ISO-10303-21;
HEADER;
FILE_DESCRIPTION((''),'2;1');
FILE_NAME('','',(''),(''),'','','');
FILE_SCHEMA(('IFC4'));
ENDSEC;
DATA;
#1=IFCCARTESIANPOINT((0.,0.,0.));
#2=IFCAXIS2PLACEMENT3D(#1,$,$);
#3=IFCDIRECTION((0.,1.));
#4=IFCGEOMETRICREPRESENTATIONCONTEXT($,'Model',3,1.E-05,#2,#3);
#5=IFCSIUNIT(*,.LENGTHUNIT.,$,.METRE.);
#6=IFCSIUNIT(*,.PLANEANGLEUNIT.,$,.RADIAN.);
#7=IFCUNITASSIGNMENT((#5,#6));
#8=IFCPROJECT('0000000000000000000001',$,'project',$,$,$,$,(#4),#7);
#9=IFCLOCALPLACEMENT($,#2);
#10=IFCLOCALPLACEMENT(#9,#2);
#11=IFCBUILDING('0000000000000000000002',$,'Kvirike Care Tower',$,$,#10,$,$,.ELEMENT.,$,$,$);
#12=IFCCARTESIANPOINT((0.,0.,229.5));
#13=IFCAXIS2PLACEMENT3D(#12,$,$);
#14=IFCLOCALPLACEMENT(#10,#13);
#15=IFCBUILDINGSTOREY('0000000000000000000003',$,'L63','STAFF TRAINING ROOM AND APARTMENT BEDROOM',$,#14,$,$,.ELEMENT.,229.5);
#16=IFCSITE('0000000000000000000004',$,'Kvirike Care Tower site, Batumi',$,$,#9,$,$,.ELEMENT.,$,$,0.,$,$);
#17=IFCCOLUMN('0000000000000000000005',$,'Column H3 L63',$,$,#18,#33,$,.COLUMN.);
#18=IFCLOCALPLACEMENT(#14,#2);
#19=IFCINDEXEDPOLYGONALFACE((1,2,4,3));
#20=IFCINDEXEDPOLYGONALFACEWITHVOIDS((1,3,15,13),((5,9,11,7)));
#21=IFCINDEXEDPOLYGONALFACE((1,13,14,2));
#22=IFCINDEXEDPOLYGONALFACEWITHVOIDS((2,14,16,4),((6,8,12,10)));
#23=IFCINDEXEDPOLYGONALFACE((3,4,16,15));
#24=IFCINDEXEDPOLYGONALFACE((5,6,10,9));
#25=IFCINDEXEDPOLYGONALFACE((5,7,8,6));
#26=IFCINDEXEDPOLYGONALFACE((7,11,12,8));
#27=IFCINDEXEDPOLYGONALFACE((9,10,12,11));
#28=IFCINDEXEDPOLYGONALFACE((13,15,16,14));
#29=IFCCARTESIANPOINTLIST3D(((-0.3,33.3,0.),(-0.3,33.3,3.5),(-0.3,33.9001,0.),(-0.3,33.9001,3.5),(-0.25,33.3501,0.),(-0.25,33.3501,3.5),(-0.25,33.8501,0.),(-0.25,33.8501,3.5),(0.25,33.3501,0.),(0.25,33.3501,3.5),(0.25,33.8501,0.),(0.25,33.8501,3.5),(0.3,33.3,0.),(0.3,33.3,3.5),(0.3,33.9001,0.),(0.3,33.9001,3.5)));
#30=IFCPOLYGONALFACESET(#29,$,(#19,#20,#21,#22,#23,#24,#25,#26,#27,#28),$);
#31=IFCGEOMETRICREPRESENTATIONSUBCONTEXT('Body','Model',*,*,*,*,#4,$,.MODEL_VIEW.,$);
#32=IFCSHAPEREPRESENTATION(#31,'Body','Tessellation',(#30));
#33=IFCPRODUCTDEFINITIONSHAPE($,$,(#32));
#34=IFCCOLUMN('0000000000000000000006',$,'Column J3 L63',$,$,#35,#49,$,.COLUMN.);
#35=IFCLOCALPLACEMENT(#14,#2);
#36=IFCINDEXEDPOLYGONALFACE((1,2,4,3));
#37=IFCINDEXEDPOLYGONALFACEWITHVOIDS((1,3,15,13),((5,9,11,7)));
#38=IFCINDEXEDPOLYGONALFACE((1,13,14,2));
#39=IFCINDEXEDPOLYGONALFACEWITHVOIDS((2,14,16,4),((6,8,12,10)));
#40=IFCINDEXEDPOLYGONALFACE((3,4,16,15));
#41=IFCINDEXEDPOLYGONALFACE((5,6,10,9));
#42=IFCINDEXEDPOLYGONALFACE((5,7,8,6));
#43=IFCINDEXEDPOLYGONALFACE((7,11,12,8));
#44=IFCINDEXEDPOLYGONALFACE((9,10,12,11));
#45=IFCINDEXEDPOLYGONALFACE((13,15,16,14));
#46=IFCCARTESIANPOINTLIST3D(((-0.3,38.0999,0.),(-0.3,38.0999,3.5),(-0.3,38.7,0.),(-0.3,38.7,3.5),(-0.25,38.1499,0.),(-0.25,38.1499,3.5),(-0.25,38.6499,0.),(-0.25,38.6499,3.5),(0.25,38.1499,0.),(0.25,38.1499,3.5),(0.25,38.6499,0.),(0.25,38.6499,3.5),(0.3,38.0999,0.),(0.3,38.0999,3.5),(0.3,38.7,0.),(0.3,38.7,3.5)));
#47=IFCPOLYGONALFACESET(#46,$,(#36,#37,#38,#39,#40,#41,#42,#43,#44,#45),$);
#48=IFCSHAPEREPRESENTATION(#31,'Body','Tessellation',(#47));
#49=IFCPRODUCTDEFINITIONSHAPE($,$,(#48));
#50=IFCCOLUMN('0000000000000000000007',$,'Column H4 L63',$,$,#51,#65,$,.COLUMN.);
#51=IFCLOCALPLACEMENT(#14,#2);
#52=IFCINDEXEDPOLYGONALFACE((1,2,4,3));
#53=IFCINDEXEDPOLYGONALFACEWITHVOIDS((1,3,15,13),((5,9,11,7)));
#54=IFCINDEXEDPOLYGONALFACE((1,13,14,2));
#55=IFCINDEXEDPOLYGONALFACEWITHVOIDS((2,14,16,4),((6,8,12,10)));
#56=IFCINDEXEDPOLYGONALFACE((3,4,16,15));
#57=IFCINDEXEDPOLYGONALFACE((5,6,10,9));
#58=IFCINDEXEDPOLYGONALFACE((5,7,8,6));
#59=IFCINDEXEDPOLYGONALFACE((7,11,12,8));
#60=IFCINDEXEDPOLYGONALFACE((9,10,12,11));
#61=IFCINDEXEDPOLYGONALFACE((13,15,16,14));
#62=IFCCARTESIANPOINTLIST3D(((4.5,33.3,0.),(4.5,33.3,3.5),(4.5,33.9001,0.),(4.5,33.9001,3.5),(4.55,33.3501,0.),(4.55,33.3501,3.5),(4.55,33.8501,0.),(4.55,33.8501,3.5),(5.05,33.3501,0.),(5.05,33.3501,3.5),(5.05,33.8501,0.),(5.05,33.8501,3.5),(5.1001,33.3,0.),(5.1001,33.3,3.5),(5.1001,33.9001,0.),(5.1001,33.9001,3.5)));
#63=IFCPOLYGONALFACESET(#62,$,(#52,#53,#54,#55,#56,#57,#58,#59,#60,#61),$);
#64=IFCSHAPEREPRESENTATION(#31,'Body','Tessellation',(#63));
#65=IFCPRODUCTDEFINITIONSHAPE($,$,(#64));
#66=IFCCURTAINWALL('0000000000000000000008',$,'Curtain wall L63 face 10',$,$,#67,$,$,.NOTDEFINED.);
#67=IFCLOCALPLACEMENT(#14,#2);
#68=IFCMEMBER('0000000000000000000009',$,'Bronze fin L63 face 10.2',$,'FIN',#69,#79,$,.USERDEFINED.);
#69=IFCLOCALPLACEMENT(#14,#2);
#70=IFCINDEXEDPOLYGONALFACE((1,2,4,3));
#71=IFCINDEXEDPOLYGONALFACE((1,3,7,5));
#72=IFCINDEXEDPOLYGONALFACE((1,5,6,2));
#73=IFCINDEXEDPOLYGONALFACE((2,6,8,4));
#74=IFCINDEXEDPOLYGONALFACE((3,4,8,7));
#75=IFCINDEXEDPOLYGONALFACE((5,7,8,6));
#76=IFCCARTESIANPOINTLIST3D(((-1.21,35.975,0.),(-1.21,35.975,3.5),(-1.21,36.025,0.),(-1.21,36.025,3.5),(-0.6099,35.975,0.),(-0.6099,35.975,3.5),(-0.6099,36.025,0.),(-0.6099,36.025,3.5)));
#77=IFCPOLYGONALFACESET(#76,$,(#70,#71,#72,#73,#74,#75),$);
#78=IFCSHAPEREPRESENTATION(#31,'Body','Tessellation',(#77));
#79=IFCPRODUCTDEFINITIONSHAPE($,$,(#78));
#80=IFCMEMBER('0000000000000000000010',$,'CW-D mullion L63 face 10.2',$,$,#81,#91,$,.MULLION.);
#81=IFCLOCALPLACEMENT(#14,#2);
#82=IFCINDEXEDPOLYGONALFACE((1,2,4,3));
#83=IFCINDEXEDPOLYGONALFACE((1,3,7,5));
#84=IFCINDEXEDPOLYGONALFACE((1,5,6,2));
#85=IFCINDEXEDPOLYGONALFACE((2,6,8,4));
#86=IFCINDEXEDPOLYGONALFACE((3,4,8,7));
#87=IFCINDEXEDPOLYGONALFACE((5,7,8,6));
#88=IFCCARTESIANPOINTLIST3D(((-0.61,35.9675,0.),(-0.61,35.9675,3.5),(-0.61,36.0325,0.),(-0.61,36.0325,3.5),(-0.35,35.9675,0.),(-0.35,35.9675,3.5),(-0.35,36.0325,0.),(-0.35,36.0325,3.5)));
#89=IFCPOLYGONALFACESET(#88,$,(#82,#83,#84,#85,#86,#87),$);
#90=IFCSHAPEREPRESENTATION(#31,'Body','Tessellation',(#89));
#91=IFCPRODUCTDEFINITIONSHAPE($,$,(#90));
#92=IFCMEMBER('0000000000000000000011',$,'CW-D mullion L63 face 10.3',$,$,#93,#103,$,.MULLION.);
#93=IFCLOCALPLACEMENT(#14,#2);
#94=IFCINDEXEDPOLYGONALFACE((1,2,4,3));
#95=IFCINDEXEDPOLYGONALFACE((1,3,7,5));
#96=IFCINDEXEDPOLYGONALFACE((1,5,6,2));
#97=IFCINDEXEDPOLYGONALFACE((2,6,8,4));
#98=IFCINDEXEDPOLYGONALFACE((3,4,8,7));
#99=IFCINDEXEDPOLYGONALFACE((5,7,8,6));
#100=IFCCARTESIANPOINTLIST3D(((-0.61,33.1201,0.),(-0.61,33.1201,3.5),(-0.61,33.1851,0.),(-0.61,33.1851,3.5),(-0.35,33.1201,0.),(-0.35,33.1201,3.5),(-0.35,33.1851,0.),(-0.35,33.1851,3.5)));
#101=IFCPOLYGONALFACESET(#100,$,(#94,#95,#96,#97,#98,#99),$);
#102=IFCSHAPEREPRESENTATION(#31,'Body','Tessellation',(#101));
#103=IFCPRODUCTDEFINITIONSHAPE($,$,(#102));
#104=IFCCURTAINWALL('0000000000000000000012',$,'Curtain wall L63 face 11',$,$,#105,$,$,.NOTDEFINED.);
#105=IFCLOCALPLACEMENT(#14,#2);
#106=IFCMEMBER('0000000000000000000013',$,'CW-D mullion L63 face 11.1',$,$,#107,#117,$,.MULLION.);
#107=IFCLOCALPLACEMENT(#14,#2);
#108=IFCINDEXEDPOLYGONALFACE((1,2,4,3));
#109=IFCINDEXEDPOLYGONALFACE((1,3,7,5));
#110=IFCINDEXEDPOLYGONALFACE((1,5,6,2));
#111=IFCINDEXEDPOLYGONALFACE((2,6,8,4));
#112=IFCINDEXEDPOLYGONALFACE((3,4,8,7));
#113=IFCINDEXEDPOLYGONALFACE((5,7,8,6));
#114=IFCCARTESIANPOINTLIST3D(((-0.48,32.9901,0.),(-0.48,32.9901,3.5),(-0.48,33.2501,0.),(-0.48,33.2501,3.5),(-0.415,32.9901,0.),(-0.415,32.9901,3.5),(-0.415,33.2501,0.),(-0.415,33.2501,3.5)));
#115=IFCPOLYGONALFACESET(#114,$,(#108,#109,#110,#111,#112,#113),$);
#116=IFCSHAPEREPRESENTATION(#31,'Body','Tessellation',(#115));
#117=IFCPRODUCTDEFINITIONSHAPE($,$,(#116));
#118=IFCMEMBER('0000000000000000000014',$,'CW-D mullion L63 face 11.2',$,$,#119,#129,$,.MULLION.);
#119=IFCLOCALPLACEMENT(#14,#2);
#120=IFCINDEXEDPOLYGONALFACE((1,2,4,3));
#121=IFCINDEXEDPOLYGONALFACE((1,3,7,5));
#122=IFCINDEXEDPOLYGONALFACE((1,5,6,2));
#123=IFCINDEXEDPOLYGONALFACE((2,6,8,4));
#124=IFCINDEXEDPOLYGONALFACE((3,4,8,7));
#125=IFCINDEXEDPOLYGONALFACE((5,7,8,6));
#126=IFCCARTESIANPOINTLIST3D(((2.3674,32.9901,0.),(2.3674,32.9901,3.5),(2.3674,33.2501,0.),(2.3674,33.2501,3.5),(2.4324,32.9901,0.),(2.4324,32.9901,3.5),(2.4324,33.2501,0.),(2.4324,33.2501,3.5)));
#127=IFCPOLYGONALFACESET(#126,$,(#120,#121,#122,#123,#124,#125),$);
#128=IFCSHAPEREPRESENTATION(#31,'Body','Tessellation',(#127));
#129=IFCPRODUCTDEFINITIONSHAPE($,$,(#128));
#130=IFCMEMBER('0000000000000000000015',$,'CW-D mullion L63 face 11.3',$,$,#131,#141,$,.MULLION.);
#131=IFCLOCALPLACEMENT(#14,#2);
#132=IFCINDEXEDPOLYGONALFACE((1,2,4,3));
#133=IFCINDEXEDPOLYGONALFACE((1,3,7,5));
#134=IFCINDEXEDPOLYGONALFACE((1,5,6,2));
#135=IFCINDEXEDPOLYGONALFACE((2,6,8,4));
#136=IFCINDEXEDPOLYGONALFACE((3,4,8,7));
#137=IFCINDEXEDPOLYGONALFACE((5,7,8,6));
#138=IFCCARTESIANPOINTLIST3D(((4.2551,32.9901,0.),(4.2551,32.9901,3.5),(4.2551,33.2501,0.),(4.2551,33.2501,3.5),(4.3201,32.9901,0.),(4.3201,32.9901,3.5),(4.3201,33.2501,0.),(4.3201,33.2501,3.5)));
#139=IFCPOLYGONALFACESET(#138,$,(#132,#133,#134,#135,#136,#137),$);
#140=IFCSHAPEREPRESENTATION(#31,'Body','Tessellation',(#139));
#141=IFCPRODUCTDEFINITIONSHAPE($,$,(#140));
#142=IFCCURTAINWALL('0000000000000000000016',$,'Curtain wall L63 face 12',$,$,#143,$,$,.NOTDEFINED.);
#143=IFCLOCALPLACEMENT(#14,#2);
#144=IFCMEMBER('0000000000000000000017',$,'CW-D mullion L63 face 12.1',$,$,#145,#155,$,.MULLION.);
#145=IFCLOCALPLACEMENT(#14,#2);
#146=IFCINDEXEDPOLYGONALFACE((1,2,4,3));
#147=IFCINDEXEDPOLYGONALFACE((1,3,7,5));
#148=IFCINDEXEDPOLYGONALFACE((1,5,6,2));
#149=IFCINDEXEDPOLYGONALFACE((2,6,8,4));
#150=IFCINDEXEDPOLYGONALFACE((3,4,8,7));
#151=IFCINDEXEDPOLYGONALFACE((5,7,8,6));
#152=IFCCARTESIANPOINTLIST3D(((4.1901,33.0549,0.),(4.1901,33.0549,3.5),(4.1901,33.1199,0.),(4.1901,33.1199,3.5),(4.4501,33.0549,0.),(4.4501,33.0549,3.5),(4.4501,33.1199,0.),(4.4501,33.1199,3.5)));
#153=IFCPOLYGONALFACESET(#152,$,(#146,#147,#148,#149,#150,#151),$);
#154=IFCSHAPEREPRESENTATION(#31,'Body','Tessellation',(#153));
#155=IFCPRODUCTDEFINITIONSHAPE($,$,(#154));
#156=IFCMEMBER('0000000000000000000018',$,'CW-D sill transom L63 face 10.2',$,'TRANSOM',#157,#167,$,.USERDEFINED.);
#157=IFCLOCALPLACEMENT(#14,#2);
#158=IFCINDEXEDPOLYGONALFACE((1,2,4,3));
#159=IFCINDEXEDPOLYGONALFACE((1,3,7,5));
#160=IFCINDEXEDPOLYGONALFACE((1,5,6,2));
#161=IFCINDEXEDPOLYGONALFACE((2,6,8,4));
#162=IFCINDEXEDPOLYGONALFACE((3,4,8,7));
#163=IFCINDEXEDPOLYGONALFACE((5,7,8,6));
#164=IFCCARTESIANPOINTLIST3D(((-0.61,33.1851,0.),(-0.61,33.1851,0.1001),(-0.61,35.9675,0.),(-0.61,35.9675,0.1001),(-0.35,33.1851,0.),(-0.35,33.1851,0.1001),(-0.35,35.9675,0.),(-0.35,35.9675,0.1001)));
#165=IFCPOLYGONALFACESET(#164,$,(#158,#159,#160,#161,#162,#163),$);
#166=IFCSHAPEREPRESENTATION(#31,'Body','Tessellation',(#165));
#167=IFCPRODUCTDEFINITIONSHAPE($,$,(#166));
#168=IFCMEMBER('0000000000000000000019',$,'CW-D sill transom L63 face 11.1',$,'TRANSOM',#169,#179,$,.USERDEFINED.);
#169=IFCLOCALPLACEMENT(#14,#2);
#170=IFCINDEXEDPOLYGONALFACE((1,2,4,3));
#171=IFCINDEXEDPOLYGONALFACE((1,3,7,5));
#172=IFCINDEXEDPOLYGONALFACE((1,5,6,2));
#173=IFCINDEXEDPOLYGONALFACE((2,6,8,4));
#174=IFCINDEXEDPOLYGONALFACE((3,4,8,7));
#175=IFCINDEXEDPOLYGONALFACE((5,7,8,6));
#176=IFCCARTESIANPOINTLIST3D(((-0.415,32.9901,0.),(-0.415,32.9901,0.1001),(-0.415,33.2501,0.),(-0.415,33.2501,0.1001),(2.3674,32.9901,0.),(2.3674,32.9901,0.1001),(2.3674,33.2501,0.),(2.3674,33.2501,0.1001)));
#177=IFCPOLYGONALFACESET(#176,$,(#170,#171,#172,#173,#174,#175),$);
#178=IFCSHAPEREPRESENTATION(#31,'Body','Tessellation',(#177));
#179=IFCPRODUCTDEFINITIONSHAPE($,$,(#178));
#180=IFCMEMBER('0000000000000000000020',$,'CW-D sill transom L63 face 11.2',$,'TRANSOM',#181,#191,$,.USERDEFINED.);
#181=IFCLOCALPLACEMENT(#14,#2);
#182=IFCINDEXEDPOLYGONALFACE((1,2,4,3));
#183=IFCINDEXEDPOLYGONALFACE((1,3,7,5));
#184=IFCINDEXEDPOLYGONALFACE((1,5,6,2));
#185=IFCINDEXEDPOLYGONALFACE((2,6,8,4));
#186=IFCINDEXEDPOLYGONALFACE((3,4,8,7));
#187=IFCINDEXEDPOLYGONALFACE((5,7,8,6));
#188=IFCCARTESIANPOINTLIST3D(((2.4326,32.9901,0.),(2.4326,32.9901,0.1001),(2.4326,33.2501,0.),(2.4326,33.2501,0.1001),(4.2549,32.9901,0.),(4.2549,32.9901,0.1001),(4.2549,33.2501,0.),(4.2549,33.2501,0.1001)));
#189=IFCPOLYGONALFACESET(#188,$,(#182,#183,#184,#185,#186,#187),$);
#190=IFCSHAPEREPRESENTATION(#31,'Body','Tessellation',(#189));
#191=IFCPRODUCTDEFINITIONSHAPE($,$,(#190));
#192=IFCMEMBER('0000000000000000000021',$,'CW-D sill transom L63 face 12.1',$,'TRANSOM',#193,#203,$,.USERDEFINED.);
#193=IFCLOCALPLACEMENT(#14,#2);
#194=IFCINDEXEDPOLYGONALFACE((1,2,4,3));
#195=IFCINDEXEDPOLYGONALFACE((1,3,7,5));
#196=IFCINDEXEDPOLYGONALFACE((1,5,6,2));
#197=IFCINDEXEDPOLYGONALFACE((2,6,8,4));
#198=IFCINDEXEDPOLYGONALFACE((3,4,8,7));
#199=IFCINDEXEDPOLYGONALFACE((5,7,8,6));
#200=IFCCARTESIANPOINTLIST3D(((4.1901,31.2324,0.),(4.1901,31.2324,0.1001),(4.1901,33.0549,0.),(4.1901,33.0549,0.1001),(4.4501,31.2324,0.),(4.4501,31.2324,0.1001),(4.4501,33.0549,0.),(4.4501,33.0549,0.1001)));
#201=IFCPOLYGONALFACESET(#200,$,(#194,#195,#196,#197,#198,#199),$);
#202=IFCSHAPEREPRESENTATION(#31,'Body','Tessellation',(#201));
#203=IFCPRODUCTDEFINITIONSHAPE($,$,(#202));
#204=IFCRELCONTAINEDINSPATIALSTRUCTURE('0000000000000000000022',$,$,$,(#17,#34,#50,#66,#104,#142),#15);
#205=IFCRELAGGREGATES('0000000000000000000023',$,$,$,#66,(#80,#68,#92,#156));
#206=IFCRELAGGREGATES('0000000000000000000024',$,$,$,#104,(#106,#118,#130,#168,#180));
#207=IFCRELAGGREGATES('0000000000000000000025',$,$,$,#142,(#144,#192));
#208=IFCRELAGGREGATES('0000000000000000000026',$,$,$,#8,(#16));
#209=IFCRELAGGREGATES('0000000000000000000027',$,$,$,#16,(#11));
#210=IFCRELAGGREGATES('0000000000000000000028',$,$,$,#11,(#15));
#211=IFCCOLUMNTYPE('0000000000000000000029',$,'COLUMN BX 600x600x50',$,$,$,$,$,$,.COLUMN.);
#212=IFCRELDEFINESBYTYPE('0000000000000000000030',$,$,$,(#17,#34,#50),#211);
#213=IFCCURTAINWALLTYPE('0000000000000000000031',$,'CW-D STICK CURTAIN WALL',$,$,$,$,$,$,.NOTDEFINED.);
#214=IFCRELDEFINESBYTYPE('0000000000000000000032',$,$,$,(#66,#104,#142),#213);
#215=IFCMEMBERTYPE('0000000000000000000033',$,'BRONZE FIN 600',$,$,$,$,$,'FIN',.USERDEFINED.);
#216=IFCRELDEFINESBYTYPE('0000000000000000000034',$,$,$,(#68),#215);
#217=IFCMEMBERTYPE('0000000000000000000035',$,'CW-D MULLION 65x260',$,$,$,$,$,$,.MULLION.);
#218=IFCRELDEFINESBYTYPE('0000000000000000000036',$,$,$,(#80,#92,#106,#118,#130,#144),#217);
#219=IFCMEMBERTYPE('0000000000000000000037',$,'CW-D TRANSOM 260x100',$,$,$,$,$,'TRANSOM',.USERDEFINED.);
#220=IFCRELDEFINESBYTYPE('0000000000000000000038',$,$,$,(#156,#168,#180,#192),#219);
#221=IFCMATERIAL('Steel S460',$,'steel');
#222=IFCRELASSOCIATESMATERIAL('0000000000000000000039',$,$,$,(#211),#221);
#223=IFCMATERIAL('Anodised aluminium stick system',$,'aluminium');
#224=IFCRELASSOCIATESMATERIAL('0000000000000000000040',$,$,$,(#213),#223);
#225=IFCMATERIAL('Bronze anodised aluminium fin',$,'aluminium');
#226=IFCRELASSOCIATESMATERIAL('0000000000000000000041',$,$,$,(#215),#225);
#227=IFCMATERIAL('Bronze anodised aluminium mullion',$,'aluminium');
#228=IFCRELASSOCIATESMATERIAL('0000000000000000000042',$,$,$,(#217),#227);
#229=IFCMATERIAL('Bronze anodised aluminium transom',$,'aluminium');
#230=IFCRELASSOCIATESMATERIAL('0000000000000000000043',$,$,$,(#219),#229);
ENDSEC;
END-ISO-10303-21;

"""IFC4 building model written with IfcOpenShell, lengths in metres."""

from ifc_helpers import new_model, si_unit, direction, frame, origin, origin_2d, place, context, subcontext, project, spatial, rectangle, hollow_rectangle, extrude, material, material_profile, profile_set, type_object, element, aggregate, save


model = new_model("IFC4")

# Units and contexts
model_context = context("Model", 3, precision=1e-05, world=origin(), true_north=direction((0.0, 1.0)))
body_context = subcontext(model_context, "Body", "Model", "MODEL_VIEW")
ifc_project = project(units=[si_unit("LENGTHUNIT", "METRE"), si_unit("PLANEANGLEUNIT", "RADIAN")], contexts=[model_context])

# Site, building, storey
site_placement = place(None, origin())
site = spatial("IfcSite", under=ifc_project, at=site_placement, Name="Kvirike Care Tower site, Batumi", CompositionType="ELEMENT", RefElevation=0.0)
building_placement = place(site_placement, origin())
building = spatial("IfcBuilding", under=site, at=building_placement, Name="Kvirike Care Tower", CompositionType="ELEMENT")
storey_placement = place(building_placement, frame((0.0, 0.0, 229.5)))
storey = spatial("IfcBuildingStorey", under=building, at=storey_placement, Name="L63", Description="STAFF TRAINING ROOM AND APARTMENT BEDROOM", CompositionType="ELEMENT", Elevation=229.5)

# Columns
ifc_material_1 = material(Name="Steel S460", Category="steel")
ifc_material_profile_1 = material_profile(ifc_material_1, hollow_rectangle(XDim=0.6001, YDim=0.6001, WallThickness=0.05, at=origin_2d()), Name="BX 600x600x50")
ifc_profile_set_1 = profile_set([ifc_material_profile_1], Name="Steel S460")
column_type = type_object("IfcColumnType", Name="COLUMN BX 600x600x50", PredefinedType="COLUMN", material=ifc_profile_set_1)
for number, where, z_axis, x_axis, name in (
    (1, (0.0, 33.6001, 0.0), (0.0, 0.0, 1.0), (0.0, 1.0, 0.0), "Column H3 L63"),
    (2, (0.0, 38.3999, 0.0), (0.0, 0.0, 1.0), (0.0, 1.0, 0.0), "Column J3 L63"),
    (3, (4.8, 33.6001, 0.0), (0.0, 0.0, 1.0), (0.0, 1.0, 0.0), "Column H4 L63"),
):
    element("IfcColumn", number, at=place(storey_placement, frame(where, z_axis=z_axis, x_axis=x_axis)), inside=storey, type_object=column_type, Name=name, PredefinedType="COLUMN", context=body_context, shape_type="SweptSolid", body=[
        extrude(hollow_rectangle(XDim=0.6001, YDim=0.6001, WallThickness=0.05, at=origin_2d()), origin(), (0.0, 0.0, 1.0), 3.5),
    ])

# Curtain walls, members
ifc_material_2 = material(Name="Anodised aluminium stick system", Category="aluminium")
curtain_wall_type = type_object("IfcCurtainWallType", Name="CW-D STICK CURTAIN WALL", PredefinedType="NOTDEFINED", material=ifc_material_2)
curtain_wall_1_placement = place(storey_placement, origin())
curtain_wall_1 = element("IfcCurtainWall", 4, at=curtain_wall_1_placement, inside=storey, type_object=curtain_wall_type, Name="Curtain wall L63 face 10", PredefinedType="NOTDEFINED")
ifc_material_3 = material(Name="Bronze anodised aluminium fin", Category="aluminium")
ifc_material_profile_2 = material_profile(ifc_material_3, rectangle(XDim=0.05, YDim=0.6001, at=origin_2d()), Name="BRONZE FIN 600")
ifc_profile_set_2 = profile_set([ifc_material_profile_2], Name="Bronze anodised aluminium fin")
member_type_1 = type_object("IfcMemberType", Name="BRONZE FIN 600", ElementType="FIN", PredefinedType="USERDEFINED", material=ifc_profile_set_2)
member_1_placement = place(storey_placement, frame((-0.9099, 36.0, 0.0), z_axis=(0.0, 0.0, 1.0), x_axis=(0.0, -1.0, 0.0)))
member_1 = element("IfcMember", 5, at=member_1_placement, type_object=member_type_1, Name="Bronze fin L63 face 10.2", ObjectType="FIN", PredefinedType="USERDEFINED", context=body_context, shape_type="SweptSolid", body=[
    extrude(rectangle(XDim=0.05, YDim=0.6001, at=origin_2d()), origin(), (0.0, 0.0, 1.0), 3.5),
])
ifc_material_4 = material(Name="Bronze anodised aluminium mullion", Category="aluminium")
ifc_material_profile_3 = material_profile(ifc_material_4, rectangle(XDim=0.0649, YDim=0.26, at=origin_2d()), Name="CW-D MULLION 65x260")
ifc_profile_set_3 = profile_set([ifc_material_profile_3], Name="Bronze anodised aluminium mullion")
member_type_2 = type_object("IfcMemberType", Name="CW-D MULLION 65x260", PredefinedType="MULLION", material=ifc_profile_set_3)
member_2_placement = place(storey_placement, frame((-0.48, 36.0, 0.0), z_axis=(0.0, 0.0, 1.0), x_axis=(0.0, -1.0, 0.0)))
member_2 = element("IfcMember", 6, at=member_2_placement, type_object=member_type_2, Name="CW-D mullion L63 face 10.2", PredefinedType="MULLION", context=body_context, shape_type="SweptSolid", body=[
    extrude(rectangle(XDim=0.0649, YDim=0.26, at=origin_2d()), origin(), (0.0, 0.0, 1.0), 3.5),
])
member_3_placement = place(storey_placement, frame((-0.48, 33.1526, 0.0), z_axis=(0.0, 0.0, 1.0), x_axis=(0.0, -1.0, 0.0)))
member_3 = element("IfcMember", 7, at=member_3_placement, type_object=member_type_2, Name="CW-D mullion L63 face 10.3", PredefinedType="MULLION", context=body_context, shape_type="SweptSolid", body=[
    extrude(rectangle(XDim=0.0649, YDim=0.26, at=origin_2d()), origin(), (0.0, 0.0, 1.0), 3.5),
])
curtain_wall_2_placement = place(storey_placement, origin())
curtain_wall_2 = element("IfcCurtainWall", 8, at=curtain_wall_2_placement, inside=storey, type_object=curtain_wall_type, Name="Curtain wall L63 face 11", PredefinedType="NOTDEFINED")
member_4_placement = place(storey_placement, frame((-0.4475, 33.1201, 0.0), z_axis=(0.0, 0.0, 1.0), x_axis=(1.0, 0.0, 0.0)))
member_4 = element("IfcMember", 9, at=member_4_placement, type_object=member_type_2, Name="CW-D mullion L63 face 11.1", PredefinedType="MULLION", context=body_context, shape_type="SweptSolid", body=[
    extrude(rectangle(XDim=0.0649, YDim=0.26, at=origin_2d()), origin(), (0.0, 0.0, 1.0), 3.5),
])
member_5_placement = place(storey_placement, frame((2.3999, 33.1201, 0.0), z_axis=(0.0, 0.0, 1.0), x_axis=(1.0, 0.0, 0.0)))
member_5 = element("IfcMember", 10, at=member_5_placement, type_object=member_type_2, Name="CW-D mullion L63 face 11.2", PredefinedType="MULLION", context=body_context, shape_type="SweptSolid", body=[
    extrude(rectangle(XDim=0.0649, YDim=0.26, at=origin_2d()), origin(), (0.0, 0.0, 1.0), 3.5),
])
member_6_placement = place(storey_placement, frame((4.2876, 33.1201, 0.0), z_axis=(0.0, 0.0, 1.0), x_axis=(1.0, 0.0, 0.0)))
member_6 = element("IfcMember", 11, at=member_6_placement, type_object=member_type_2, Name="CW-D mullion L63 face 11.3", PredefinedType="MULLION", context=body_context, shape_type="SweptSolid", body=[
    extrude(rectangle(XDim=0.0649, YDim=0.26, at=origin_2d()), origin(), (0.0, 0.0, 1.0), 3.5),
])

# Curtain wall, member
curtain_wall_3_placement = place(storey_placement, origin())
curtain_wall_3 = element("IfcCurtainWall", 12, at=curtain_wall_3_placement, inside=storey, type_object=curtain_wall_type, Name="Curtain wall L63 face 12", PredefinedType="NOTDEFINED")
member_7_placement = place(storey_placement, frame((4.3201, 33.0874, 0.0), z_axis=(0.0, 0.0, 1.0), x_axis=(0.0, -1.0, 0.0)))
member_7 = element("IfcMember", 13, at=member_7_placement, type_object=member_type_2, Name="CW-D mullion L63 face 12.1", PredefinedType="MULLION", context=body_context, shape_type="SweptSolid", body=[
    extrude(rectangle(XDim=0.0649, YDim=0.26, at=origin_2d()), origin(), (0.0, 0.0, 1.0), 3.5),
])

# Members
ifc_material_5 = material(Name="Bronze anodised aluminium transom", Category="aluminium")
ifc_material_profile_4 = material_profile(ifc_material_5, rectangle(XDim=0.26, YDim=0.1001, at=origin_2d()), Name="CW-D TRANSOM 260x100")
ifc_profile_set_4 = profile_set([ifc_material_profile_4], Name="Bronze anodised aluminium transom")
member_type_3 = type_object("IfcMemberType", Name="CW-D TRANSOM 260x100", ElementType="TRANSOM", PredefinedType="USERDEFINED", material=ifc_profile_set_4)
member_8_placement = place(storey_placement, frame((-0.48, 35.9675, 0.05), z_axis=(0.0, -1.0, 0.0), x_axis=(1.0, 0.0, 0.0)))
member_8 = element("IfcMember", 14, at=member_8_placement, type_object=member_type_3, Name="CW-D sill transom L63 face 10.2", ObjectType="TRANSOM", PredefinedType="USERDEFINED", context=body_context, shape_type="SweptSolid", body=[
    extrude(rectangle(XDim=0.26, YDim=0.1001, at=origin_2d()), origin(), (0.0, 0.0, 1.0), 2.7825),
])
member_9_placement = place(storey_placement, frame((-0.415, 33.1201, 0.05), z_axis=(1.0, 0.0, 0.0), x_axis=(0.0, 1.0, 0.0)))
member_9 = element("IfcMember", 15, at=member_9_placement, type_object=member_type_3, Name="CW-D sill transom L63 face 11.1", ObjectType="TRANSOM", PredefinedType="USERDEFINED", context=body_context, shape_type="SweptSolid", body=[
    extrude(rectangle(XDim=0.26, YDim=0.1001, at=origin_2d()), origin(), (0.0, 0.0, 1.0), 2.7825),
])
member_10_placement = place(storey_placement, frame((2.4326, 33.1201, 0.05), z_axis=(1.0, 0.0, 0.0), x_axis=(0.0, 1.0, 0.0)))
member_10 = element("IfcMember", 16, at=member_10_placement, type_object=member_type_3, Name="CW-D sill transom L63 face 11.2", ObjectType="TRANSOM", PredefinedType="USERDEFINED", context=body_context, shape_type="SweptSolid", body=[
    extrude(rectangle(XDim=0.26, YDim=0.1001, at=origin_2d()), origin(), (0.0, 0.0, 1.0), 1.8223),
])
member_11_placement = place(storey_placement, frame((4.3201, 33.0549, 0.05), z_axis=(0.0, -1.0, 0.0), x_axis=(1.0, 0.0, 0.0)))
member_11 = element("IfcMember", 17, at=member_11_placement, type_object=member_type_3, Name="CW-D sill transom L63 face 12.1", ObjectType="TRANSOM", PredefinedType="USERDEFINED", context=body_context, shape_type="SweptSolid", body=[
    extrude(rectangle(XDim=0.26, YDim=0.1001, at=origin_2d()), origin(), (0.0, 0.0, 1.0), 1.8225),
])

aggregate(curtain_wall_1, [member_2, member_1, member_3, member_8])
aggregate(curtain_wall_2, [member_4, member_5, member_6, member_9, member_10])
aggregate(curtain_wall_3, [member_7, member_11])

save(model, "model.ifc")
